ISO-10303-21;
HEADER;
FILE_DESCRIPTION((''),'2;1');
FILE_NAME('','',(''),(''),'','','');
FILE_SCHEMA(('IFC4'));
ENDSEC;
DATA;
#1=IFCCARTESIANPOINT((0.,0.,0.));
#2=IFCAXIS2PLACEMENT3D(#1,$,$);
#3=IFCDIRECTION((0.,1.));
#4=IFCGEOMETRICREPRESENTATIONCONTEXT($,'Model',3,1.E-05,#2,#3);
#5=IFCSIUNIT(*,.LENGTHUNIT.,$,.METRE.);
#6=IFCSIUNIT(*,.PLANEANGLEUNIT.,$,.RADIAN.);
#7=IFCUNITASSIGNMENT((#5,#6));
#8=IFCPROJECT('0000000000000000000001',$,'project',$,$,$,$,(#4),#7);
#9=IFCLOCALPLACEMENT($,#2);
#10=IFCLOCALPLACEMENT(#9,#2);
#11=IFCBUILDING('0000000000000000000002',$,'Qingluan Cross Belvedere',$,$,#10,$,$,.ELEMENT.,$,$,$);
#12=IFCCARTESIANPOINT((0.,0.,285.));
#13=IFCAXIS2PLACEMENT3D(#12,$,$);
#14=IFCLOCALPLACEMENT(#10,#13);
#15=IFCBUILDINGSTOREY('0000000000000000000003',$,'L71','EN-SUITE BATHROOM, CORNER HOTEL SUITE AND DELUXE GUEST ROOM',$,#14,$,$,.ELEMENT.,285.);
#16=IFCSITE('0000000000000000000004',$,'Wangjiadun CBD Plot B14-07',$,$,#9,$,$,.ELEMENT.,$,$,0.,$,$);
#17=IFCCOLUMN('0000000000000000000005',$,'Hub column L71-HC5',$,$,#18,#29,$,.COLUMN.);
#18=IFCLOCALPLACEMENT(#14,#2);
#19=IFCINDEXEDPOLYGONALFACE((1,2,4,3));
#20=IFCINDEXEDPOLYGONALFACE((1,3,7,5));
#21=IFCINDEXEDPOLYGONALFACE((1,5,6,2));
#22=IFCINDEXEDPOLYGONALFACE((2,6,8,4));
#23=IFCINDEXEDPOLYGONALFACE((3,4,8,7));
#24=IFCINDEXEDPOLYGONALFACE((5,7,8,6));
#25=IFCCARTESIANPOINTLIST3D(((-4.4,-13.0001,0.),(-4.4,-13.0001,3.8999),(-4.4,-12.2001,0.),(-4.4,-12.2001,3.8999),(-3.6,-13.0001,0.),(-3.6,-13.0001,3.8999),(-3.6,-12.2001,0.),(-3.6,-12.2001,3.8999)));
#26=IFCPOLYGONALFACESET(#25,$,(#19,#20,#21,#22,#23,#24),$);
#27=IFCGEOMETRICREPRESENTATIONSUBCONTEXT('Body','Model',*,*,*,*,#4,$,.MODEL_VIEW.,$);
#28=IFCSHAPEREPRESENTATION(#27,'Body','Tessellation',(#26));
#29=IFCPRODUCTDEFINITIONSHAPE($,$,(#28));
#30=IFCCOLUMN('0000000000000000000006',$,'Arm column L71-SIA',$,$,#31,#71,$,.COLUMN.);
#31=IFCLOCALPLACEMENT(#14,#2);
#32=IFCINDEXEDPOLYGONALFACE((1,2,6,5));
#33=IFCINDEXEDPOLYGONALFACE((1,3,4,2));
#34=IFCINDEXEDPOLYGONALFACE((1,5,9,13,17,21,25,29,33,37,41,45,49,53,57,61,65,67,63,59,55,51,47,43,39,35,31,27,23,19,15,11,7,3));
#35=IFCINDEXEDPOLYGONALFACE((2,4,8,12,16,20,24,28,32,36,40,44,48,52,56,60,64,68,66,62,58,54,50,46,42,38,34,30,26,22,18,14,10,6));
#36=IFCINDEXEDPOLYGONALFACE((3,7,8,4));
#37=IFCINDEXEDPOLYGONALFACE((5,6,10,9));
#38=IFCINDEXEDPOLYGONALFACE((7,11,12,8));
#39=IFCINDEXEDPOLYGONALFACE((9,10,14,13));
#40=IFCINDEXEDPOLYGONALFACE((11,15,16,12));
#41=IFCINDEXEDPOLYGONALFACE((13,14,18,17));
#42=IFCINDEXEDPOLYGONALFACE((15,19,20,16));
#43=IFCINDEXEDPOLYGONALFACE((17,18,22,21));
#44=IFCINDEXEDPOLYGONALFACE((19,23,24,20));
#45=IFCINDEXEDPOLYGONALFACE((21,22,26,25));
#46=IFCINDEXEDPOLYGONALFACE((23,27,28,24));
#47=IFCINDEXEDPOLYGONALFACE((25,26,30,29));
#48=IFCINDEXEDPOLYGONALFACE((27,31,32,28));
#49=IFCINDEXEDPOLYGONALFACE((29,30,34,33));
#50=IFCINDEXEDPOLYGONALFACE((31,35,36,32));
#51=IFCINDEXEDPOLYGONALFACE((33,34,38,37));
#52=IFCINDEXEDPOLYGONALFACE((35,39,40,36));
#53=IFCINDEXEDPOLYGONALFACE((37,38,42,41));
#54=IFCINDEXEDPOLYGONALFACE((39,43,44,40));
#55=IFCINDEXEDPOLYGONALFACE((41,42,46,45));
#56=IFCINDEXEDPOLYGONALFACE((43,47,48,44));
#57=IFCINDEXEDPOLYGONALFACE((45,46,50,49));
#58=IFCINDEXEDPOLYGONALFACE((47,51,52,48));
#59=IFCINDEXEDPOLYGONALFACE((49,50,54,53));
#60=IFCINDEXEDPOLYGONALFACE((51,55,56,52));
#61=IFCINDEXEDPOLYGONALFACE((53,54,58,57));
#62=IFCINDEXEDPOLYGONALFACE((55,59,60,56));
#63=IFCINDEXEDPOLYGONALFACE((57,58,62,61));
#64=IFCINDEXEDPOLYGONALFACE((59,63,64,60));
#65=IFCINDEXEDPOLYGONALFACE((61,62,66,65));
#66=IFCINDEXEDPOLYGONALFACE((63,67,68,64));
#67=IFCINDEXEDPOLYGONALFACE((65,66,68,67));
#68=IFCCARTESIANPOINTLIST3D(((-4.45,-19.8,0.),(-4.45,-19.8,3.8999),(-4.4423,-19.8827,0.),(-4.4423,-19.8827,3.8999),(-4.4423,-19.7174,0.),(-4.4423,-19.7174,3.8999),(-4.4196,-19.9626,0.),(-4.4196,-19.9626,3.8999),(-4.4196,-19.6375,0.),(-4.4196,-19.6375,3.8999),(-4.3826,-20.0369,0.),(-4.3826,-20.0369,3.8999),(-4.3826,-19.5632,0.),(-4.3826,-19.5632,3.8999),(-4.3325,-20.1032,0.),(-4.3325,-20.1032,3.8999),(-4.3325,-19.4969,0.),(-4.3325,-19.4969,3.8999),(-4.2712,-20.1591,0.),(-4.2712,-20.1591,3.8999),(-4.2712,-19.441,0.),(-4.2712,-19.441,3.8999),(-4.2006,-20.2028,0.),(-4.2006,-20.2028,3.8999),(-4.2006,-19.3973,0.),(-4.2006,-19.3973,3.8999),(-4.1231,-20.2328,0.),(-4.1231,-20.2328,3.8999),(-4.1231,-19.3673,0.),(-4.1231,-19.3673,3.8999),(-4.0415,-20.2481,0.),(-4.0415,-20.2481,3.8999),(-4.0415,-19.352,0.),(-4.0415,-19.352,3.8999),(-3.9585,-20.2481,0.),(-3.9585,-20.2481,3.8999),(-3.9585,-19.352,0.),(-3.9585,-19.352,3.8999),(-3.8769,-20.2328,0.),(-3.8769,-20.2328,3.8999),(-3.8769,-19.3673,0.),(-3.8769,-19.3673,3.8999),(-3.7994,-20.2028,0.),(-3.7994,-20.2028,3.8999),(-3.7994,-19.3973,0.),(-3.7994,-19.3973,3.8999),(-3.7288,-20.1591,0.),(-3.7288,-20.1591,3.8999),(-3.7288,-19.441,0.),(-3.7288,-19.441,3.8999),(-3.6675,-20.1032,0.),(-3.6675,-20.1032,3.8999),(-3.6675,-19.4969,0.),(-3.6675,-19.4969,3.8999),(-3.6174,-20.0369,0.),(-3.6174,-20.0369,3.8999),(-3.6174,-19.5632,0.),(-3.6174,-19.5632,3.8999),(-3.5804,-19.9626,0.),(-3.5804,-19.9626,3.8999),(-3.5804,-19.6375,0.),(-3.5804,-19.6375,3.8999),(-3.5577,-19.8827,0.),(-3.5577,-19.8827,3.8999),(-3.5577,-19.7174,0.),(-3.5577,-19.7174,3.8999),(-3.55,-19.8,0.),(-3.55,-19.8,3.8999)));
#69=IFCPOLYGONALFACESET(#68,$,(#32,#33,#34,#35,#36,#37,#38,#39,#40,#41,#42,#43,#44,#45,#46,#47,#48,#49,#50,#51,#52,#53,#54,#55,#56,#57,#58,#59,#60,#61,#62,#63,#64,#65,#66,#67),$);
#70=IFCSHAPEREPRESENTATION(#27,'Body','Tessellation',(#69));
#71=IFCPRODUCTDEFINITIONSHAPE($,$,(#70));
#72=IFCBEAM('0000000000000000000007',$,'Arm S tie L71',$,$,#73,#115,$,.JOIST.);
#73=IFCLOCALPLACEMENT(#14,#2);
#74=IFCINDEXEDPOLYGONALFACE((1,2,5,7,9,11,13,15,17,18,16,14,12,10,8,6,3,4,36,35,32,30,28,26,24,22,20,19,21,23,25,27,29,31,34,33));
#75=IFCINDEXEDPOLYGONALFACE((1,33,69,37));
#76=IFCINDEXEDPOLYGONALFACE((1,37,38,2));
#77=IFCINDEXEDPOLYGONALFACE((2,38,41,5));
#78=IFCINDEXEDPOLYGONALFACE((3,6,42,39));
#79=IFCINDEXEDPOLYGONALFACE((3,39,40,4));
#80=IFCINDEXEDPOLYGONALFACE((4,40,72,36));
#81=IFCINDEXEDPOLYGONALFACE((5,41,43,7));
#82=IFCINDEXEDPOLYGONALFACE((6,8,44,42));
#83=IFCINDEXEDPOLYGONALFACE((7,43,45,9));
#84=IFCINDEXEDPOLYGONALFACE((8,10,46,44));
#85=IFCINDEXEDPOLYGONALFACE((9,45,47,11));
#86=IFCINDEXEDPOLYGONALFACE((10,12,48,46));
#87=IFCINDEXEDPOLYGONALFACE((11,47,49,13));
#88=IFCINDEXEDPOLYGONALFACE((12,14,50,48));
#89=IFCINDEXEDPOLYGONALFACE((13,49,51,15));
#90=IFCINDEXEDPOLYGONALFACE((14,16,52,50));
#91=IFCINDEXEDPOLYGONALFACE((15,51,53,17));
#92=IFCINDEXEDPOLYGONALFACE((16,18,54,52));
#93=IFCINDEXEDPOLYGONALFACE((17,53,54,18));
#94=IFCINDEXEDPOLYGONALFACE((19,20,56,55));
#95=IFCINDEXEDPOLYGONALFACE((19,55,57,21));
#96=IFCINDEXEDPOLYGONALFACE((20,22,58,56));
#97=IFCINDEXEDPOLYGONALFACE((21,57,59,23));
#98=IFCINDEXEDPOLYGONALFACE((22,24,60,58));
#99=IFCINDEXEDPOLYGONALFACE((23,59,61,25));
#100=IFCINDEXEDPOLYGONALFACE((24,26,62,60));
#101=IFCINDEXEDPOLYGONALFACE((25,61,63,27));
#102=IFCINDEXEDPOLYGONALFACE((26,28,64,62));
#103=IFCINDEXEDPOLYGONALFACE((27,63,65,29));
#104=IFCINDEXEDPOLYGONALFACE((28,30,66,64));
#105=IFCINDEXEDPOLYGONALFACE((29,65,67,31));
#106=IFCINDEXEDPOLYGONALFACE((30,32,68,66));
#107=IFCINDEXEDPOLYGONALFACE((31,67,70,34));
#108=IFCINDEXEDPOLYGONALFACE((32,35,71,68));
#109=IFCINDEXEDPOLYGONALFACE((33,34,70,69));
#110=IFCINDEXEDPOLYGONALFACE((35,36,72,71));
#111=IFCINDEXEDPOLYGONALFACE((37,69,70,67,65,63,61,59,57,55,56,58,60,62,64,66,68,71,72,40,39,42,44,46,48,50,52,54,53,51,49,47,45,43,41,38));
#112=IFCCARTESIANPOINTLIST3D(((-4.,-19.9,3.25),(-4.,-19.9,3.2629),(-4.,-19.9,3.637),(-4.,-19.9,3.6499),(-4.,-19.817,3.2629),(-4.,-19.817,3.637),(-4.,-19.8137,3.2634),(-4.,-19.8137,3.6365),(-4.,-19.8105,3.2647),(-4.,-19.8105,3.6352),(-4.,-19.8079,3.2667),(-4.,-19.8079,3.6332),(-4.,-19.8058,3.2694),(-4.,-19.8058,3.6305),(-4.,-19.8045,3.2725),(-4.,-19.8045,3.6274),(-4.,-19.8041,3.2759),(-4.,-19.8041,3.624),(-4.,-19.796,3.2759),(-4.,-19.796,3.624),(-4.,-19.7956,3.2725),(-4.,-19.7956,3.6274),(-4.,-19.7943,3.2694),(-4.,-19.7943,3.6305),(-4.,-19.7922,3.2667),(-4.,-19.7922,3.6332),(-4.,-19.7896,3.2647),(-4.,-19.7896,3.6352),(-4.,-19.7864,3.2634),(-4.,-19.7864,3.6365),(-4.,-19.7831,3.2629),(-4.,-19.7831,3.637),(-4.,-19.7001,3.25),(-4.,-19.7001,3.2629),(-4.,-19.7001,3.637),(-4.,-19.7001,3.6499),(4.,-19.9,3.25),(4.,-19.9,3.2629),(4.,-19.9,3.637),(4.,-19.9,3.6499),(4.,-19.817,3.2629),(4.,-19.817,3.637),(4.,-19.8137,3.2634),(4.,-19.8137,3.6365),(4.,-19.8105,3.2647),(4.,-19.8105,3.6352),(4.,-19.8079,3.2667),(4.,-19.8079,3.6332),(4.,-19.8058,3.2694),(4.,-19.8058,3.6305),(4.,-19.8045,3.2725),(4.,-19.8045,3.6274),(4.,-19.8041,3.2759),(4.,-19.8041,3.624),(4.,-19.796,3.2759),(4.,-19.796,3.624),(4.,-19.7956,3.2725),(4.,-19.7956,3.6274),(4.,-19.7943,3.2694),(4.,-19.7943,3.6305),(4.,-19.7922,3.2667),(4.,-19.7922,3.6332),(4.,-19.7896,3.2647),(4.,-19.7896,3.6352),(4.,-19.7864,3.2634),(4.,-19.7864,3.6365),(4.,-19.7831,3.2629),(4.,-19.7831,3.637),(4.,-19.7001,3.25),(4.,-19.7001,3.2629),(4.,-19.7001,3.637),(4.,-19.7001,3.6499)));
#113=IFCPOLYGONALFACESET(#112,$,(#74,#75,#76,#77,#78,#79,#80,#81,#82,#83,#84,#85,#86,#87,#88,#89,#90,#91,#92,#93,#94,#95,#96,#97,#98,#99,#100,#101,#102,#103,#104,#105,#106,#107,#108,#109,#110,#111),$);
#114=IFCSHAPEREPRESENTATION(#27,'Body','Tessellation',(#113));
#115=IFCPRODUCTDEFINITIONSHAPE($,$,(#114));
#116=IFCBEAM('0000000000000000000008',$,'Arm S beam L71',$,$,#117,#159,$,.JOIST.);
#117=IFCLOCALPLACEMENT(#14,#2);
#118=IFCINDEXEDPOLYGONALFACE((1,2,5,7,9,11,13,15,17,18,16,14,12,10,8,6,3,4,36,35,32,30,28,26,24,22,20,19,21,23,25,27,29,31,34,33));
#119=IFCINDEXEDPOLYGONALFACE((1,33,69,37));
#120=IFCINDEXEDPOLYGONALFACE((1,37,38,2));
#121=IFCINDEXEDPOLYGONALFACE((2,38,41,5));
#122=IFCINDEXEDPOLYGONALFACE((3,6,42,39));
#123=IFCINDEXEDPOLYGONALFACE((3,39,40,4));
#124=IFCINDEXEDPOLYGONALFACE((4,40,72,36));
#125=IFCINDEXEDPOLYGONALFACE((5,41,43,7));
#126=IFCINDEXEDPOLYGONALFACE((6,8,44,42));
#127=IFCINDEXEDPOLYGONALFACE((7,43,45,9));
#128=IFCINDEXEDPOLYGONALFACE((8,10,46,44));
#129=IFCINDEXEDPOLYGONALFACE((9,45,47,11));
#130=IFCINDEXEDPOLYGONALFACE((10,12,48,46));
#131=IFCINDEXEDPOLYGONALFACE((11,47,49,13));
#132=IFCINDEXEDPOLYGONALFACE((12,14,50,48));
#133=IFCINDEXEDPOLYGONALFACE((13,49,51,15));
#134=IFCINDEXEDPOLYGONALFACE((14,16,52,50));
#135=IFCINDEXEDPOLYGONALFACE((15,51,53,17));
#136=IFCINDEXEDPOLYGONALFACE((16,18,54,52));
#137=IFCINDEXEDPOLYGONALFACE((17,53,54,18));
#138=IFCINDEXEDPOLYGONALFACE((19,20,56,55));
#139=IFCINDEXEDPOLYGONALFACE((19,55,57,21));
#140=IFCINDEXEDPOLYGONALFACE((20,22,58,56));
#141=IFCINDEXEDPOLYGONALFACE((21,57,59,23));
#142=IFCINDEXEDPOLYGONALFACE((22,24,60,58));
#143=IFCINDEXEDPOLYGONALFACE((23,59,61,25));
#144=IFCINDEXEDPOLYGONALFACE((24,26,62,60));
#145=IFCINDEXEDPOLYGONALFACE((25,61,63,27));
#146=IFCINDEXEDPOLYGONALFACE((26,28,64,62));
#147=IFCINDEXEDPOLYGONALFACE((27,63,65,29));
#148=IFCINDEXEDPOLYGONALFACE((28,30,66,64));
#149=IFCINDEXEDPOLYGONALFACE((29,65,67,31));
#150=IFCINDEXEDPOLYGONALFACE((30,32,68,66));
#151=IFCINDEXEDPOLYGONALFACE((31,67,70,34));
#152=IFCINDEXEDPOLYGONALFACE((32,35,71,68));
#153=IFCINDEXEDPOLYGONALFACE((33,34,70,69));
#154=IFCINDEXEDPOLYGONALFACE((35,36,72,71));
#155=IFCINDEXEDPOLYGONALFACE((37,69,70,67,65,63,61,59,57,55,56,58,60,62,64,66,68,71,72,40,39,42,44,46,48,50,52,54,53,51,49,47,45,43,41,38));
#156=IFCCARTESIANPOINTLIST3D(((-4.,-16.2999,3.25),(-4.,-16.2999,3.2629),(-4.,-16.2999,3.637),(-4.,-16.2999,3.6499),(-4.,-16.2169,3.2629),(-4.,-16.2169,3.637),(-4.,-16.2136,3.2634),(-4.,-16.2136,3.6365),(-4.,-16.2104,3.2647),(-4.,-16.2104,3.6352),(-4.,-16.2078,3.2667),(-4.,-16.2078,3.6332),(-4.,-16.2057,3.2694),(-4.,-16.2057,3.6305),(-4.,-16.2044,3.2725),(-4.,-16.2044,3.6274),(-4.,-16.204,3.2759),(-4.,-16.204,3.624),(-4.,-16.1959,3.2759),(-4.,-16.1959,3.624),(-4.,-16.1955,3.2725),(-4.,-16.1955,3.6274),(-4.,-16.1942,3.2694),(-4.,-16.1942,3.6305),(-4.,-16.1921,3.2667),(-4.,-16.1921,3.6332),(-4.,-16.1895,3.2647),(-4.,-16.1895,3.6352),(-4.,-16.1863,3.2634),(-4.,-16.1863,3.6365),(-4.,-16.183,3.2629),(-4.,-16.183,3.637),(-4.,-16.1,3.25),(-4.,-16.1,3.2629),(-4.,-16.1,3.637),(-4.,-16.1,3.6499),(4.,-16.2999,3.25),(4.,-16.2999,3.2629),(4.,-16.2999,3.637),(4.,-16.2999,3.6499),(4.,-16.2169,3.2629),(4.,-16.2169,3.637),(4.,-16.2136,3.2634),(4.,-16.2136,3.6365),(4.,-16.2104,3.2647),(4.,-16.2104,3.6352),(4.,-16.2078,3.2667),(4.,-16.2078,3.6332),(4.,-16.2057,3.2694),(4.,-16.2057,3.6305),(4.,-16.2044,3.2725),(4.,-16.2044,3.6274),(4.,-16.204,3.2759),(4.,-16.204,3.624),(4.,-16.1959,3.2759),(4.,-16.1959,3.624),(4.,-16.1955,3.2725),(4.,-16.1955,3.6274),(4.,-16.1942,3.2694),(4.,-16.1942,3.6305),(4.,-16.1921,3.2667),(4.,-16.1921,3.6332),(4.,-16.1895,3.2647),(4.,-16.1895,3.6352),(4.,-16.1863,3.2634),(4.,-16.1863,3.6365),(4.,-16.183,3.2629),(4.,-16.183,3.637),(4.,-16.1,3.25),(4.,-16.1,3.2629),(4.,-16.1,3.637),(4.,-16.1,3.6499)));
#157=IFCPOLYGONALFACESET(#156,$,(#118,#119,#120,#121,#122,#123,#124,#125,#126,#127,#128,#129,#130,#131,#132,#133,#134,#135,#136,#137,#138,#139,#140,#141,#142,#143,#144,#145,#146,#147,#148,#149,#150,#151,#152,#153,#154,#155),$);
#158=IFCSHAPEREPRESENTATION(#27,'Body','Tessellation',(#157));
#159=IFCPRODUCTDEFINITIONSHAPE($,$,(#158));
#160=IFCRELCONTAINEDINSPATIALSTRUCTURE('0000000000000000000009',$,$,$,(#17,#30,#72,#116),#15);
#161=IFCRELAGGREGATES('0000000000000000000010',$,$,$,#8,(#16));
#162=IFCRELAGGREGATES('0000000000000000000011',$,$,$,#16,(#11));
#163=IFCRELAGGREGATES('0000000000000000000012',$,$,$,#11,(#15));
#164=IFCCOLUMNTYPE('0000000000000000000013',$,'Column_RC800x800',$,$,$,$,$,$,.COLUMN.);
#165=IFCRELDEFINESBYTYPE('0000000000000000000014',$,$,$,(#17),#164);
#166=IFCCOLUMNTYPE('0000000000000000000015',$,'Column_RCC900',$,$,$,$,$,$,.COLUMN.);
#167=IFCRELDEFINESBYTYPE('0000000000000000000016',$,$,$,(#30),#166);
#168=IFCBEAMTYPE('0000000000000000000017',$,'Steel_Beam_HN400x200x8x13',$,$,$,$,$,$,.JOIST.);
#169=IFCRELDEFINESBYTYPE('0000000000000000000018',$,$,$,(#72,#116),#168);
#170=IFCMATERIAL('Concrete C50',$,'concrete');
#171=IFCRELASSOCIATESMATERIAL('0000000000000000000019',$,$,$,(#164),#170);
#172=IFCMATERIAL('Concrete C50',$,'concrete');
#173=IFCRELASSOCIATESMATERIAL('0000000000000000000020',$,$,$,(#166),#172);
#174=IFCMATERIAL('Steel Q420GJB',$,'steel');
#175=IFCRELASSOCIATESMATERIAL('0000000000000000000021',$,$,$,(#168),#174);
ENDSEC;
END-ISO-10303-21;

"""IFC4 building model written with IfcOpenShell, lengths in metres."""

from ifc_helpers import new_model, si_unit, direction, frame, origin, origin_2d, place, context, subcontext, project, spatial, rectangle, circle, i_section, extrude, material, material_profile, profile_set, type_object, element, save


model = new_model("IFC4")

# Units and contexts
model_context = context("Model", 3, precision=1e-05, world=origin(), true_north=direction((0.0, 1.0)))
body_context = subcontext(model_context, "Body", "Model", "MODEL_VIEW")
ifc_project = project(units=[si_unit("LENGTHUNIT", "METRE"), si_unit("PLANEANGLEUNIT", "RADIAN")], contexts=[model_context])

# Site, building, storey
site_placement = place(None, origin())
site = spatial("IfcSite", under=ifc_project, at=site_placement, Name="Wangjiadun CBD Plot B14-07", CompositionType="ELEMENT", RefElevation=0.0)
building_placement = place(site_placement, origin())
building = spatial("IfcBuilding", under=site, at=building_placement, Name="Qingluan Cross Belvedere", CompositionType="ELEMENT")
storey_placement = place(building_placement, frame((0.0, 0.0, 285.0)))
storey = spatial("IfcBuildingStorey", under=building, at=storey_placement, Name="L71", Description="EN-SUITE BATHROOM, CORNER HOTEL SUITE AND DELUXE GUEST ROOM", CompositionType="ELEMENT", Elevation=285.0)

# Columns
ifc_material_1 = material(Name="Concrete C50", Category="concrete")
ifc_material_profile_1 = material_profile(ifc_material_1, rectangle(XDim=0.8, YDim=0.8, at=origin_2d()), Name="RC800x800")
ifc_profile_set_1 = profile_set([ifc_material_profile_1], Name="Concrete C50")
column_type_1 = type_object("IfcColumnType", Name="Column_RC800x800", PredefinedType="COLUMN", material=ifc_profile_set_1)
column_1_placement = place(storey_placement, frame((-4.0, -12.6001, 0.0), z_axis=(0.0, 0.0, 1.0), x_axis=(1.0, 0.0, 0.0)))
element("IfcColumn", 1, at=column_1_placement, inside=storey, type_object=column_type_1, Name="Hub column L71-HC5", PredefinedType="COLUMN", context=body_context, shape_type="SweptSolid", body=[
    extrude(rectangle(XDim=0.8, YDim=0.8, at=origin_2d()), origin(), (0.0, 0.0, 1.0), 3.8999),
])
ifc_material_2 = material(Name="Concrete C50", Category="concrete")
ifc_material_profile_2 = material_profile(ifc_material_2, circle(Radius=0.45, at=origin_2d()), Name="RCC900")
ifc_profile_set_2 = profile_set([ifc_material_profile_2], Name="Concrete C50")
column_type_2 = type_object("IfcColumnType", Name="Column_RCC900", PredefinedType="COLUMN", material=ifc_profile_set_2)
column_2_placement = place(storey_placement, frame((-4.0, -19.8, 0.0), z_axis=(0.0, 0.0, 1.0), x_axis=(1.0, 0.0, 0.0)))
element("IfcColumn", 2, at=column_2_placement, inside=storey, type_object=column_type_2, Name="Arm column L71-SIA", PredefinedType="COLUMN", context=body_context, shape_type="SweptSolid", body=[
    extrude(circle(Radius=0.45, at=origin_2d()), origin(), (0.0, 0.0, 1.0), 3.8999),
])

# Beams
ifc_material_3 = material(Name="Steel Q420GJB", Category="steel")
ifc_material_profile_3 = material_profile(ifc_material_3, i_section(OverallWidth=0.2, OverallDepth=0.3999, WebThickness=0.0081, FlangeThickness=0.0129, FilletRadius=0.0129, at=origin_2d()), Name="HN400x200x8x13")
ifc_profile_set_3 = profile_set([ifc_material_profile_3], Name="Steel Q420GJB")
beam_type_1 = type_object("IfcBeamType", Name="Steel_Beam_HN400x200x8x13", PredefinedType="JOIST", material=ifc_profile_set_3)
for number, where, z_axis, x_axis, name in (
    (3, (-4.0, -19.8, 3.45), (1.0, 0.0, 0.0), (0.0, 1.0, 0.0), "Arm S tie L71"),
    (4, (-4.0, -16.2, 3.45), (1.0, 0.0, 0.0), (0.0, 1.0, 0.0), "Arm S beam L71"),
):
    element("IfcBeam", number, at=place(storey_placement, frame(where, z_axis=z_axis, x_axis=x_axis)), inside=storey, type_object=beam_type_1, Name=name, PredefinedType="JOIST", context=body_context, shape_type="SweptSolid", body=[
        extrude(i_section(OverallWidth=0.2, OverallDepth=0.3999, WebThickness=0.0081, FlangeThickness=0.0129, FilletRadius=0.0129, at=origin_2d()), origin(), (0.0, 0.0, 1.0), 8.0),
    ])

save(model, "model.ifc")
